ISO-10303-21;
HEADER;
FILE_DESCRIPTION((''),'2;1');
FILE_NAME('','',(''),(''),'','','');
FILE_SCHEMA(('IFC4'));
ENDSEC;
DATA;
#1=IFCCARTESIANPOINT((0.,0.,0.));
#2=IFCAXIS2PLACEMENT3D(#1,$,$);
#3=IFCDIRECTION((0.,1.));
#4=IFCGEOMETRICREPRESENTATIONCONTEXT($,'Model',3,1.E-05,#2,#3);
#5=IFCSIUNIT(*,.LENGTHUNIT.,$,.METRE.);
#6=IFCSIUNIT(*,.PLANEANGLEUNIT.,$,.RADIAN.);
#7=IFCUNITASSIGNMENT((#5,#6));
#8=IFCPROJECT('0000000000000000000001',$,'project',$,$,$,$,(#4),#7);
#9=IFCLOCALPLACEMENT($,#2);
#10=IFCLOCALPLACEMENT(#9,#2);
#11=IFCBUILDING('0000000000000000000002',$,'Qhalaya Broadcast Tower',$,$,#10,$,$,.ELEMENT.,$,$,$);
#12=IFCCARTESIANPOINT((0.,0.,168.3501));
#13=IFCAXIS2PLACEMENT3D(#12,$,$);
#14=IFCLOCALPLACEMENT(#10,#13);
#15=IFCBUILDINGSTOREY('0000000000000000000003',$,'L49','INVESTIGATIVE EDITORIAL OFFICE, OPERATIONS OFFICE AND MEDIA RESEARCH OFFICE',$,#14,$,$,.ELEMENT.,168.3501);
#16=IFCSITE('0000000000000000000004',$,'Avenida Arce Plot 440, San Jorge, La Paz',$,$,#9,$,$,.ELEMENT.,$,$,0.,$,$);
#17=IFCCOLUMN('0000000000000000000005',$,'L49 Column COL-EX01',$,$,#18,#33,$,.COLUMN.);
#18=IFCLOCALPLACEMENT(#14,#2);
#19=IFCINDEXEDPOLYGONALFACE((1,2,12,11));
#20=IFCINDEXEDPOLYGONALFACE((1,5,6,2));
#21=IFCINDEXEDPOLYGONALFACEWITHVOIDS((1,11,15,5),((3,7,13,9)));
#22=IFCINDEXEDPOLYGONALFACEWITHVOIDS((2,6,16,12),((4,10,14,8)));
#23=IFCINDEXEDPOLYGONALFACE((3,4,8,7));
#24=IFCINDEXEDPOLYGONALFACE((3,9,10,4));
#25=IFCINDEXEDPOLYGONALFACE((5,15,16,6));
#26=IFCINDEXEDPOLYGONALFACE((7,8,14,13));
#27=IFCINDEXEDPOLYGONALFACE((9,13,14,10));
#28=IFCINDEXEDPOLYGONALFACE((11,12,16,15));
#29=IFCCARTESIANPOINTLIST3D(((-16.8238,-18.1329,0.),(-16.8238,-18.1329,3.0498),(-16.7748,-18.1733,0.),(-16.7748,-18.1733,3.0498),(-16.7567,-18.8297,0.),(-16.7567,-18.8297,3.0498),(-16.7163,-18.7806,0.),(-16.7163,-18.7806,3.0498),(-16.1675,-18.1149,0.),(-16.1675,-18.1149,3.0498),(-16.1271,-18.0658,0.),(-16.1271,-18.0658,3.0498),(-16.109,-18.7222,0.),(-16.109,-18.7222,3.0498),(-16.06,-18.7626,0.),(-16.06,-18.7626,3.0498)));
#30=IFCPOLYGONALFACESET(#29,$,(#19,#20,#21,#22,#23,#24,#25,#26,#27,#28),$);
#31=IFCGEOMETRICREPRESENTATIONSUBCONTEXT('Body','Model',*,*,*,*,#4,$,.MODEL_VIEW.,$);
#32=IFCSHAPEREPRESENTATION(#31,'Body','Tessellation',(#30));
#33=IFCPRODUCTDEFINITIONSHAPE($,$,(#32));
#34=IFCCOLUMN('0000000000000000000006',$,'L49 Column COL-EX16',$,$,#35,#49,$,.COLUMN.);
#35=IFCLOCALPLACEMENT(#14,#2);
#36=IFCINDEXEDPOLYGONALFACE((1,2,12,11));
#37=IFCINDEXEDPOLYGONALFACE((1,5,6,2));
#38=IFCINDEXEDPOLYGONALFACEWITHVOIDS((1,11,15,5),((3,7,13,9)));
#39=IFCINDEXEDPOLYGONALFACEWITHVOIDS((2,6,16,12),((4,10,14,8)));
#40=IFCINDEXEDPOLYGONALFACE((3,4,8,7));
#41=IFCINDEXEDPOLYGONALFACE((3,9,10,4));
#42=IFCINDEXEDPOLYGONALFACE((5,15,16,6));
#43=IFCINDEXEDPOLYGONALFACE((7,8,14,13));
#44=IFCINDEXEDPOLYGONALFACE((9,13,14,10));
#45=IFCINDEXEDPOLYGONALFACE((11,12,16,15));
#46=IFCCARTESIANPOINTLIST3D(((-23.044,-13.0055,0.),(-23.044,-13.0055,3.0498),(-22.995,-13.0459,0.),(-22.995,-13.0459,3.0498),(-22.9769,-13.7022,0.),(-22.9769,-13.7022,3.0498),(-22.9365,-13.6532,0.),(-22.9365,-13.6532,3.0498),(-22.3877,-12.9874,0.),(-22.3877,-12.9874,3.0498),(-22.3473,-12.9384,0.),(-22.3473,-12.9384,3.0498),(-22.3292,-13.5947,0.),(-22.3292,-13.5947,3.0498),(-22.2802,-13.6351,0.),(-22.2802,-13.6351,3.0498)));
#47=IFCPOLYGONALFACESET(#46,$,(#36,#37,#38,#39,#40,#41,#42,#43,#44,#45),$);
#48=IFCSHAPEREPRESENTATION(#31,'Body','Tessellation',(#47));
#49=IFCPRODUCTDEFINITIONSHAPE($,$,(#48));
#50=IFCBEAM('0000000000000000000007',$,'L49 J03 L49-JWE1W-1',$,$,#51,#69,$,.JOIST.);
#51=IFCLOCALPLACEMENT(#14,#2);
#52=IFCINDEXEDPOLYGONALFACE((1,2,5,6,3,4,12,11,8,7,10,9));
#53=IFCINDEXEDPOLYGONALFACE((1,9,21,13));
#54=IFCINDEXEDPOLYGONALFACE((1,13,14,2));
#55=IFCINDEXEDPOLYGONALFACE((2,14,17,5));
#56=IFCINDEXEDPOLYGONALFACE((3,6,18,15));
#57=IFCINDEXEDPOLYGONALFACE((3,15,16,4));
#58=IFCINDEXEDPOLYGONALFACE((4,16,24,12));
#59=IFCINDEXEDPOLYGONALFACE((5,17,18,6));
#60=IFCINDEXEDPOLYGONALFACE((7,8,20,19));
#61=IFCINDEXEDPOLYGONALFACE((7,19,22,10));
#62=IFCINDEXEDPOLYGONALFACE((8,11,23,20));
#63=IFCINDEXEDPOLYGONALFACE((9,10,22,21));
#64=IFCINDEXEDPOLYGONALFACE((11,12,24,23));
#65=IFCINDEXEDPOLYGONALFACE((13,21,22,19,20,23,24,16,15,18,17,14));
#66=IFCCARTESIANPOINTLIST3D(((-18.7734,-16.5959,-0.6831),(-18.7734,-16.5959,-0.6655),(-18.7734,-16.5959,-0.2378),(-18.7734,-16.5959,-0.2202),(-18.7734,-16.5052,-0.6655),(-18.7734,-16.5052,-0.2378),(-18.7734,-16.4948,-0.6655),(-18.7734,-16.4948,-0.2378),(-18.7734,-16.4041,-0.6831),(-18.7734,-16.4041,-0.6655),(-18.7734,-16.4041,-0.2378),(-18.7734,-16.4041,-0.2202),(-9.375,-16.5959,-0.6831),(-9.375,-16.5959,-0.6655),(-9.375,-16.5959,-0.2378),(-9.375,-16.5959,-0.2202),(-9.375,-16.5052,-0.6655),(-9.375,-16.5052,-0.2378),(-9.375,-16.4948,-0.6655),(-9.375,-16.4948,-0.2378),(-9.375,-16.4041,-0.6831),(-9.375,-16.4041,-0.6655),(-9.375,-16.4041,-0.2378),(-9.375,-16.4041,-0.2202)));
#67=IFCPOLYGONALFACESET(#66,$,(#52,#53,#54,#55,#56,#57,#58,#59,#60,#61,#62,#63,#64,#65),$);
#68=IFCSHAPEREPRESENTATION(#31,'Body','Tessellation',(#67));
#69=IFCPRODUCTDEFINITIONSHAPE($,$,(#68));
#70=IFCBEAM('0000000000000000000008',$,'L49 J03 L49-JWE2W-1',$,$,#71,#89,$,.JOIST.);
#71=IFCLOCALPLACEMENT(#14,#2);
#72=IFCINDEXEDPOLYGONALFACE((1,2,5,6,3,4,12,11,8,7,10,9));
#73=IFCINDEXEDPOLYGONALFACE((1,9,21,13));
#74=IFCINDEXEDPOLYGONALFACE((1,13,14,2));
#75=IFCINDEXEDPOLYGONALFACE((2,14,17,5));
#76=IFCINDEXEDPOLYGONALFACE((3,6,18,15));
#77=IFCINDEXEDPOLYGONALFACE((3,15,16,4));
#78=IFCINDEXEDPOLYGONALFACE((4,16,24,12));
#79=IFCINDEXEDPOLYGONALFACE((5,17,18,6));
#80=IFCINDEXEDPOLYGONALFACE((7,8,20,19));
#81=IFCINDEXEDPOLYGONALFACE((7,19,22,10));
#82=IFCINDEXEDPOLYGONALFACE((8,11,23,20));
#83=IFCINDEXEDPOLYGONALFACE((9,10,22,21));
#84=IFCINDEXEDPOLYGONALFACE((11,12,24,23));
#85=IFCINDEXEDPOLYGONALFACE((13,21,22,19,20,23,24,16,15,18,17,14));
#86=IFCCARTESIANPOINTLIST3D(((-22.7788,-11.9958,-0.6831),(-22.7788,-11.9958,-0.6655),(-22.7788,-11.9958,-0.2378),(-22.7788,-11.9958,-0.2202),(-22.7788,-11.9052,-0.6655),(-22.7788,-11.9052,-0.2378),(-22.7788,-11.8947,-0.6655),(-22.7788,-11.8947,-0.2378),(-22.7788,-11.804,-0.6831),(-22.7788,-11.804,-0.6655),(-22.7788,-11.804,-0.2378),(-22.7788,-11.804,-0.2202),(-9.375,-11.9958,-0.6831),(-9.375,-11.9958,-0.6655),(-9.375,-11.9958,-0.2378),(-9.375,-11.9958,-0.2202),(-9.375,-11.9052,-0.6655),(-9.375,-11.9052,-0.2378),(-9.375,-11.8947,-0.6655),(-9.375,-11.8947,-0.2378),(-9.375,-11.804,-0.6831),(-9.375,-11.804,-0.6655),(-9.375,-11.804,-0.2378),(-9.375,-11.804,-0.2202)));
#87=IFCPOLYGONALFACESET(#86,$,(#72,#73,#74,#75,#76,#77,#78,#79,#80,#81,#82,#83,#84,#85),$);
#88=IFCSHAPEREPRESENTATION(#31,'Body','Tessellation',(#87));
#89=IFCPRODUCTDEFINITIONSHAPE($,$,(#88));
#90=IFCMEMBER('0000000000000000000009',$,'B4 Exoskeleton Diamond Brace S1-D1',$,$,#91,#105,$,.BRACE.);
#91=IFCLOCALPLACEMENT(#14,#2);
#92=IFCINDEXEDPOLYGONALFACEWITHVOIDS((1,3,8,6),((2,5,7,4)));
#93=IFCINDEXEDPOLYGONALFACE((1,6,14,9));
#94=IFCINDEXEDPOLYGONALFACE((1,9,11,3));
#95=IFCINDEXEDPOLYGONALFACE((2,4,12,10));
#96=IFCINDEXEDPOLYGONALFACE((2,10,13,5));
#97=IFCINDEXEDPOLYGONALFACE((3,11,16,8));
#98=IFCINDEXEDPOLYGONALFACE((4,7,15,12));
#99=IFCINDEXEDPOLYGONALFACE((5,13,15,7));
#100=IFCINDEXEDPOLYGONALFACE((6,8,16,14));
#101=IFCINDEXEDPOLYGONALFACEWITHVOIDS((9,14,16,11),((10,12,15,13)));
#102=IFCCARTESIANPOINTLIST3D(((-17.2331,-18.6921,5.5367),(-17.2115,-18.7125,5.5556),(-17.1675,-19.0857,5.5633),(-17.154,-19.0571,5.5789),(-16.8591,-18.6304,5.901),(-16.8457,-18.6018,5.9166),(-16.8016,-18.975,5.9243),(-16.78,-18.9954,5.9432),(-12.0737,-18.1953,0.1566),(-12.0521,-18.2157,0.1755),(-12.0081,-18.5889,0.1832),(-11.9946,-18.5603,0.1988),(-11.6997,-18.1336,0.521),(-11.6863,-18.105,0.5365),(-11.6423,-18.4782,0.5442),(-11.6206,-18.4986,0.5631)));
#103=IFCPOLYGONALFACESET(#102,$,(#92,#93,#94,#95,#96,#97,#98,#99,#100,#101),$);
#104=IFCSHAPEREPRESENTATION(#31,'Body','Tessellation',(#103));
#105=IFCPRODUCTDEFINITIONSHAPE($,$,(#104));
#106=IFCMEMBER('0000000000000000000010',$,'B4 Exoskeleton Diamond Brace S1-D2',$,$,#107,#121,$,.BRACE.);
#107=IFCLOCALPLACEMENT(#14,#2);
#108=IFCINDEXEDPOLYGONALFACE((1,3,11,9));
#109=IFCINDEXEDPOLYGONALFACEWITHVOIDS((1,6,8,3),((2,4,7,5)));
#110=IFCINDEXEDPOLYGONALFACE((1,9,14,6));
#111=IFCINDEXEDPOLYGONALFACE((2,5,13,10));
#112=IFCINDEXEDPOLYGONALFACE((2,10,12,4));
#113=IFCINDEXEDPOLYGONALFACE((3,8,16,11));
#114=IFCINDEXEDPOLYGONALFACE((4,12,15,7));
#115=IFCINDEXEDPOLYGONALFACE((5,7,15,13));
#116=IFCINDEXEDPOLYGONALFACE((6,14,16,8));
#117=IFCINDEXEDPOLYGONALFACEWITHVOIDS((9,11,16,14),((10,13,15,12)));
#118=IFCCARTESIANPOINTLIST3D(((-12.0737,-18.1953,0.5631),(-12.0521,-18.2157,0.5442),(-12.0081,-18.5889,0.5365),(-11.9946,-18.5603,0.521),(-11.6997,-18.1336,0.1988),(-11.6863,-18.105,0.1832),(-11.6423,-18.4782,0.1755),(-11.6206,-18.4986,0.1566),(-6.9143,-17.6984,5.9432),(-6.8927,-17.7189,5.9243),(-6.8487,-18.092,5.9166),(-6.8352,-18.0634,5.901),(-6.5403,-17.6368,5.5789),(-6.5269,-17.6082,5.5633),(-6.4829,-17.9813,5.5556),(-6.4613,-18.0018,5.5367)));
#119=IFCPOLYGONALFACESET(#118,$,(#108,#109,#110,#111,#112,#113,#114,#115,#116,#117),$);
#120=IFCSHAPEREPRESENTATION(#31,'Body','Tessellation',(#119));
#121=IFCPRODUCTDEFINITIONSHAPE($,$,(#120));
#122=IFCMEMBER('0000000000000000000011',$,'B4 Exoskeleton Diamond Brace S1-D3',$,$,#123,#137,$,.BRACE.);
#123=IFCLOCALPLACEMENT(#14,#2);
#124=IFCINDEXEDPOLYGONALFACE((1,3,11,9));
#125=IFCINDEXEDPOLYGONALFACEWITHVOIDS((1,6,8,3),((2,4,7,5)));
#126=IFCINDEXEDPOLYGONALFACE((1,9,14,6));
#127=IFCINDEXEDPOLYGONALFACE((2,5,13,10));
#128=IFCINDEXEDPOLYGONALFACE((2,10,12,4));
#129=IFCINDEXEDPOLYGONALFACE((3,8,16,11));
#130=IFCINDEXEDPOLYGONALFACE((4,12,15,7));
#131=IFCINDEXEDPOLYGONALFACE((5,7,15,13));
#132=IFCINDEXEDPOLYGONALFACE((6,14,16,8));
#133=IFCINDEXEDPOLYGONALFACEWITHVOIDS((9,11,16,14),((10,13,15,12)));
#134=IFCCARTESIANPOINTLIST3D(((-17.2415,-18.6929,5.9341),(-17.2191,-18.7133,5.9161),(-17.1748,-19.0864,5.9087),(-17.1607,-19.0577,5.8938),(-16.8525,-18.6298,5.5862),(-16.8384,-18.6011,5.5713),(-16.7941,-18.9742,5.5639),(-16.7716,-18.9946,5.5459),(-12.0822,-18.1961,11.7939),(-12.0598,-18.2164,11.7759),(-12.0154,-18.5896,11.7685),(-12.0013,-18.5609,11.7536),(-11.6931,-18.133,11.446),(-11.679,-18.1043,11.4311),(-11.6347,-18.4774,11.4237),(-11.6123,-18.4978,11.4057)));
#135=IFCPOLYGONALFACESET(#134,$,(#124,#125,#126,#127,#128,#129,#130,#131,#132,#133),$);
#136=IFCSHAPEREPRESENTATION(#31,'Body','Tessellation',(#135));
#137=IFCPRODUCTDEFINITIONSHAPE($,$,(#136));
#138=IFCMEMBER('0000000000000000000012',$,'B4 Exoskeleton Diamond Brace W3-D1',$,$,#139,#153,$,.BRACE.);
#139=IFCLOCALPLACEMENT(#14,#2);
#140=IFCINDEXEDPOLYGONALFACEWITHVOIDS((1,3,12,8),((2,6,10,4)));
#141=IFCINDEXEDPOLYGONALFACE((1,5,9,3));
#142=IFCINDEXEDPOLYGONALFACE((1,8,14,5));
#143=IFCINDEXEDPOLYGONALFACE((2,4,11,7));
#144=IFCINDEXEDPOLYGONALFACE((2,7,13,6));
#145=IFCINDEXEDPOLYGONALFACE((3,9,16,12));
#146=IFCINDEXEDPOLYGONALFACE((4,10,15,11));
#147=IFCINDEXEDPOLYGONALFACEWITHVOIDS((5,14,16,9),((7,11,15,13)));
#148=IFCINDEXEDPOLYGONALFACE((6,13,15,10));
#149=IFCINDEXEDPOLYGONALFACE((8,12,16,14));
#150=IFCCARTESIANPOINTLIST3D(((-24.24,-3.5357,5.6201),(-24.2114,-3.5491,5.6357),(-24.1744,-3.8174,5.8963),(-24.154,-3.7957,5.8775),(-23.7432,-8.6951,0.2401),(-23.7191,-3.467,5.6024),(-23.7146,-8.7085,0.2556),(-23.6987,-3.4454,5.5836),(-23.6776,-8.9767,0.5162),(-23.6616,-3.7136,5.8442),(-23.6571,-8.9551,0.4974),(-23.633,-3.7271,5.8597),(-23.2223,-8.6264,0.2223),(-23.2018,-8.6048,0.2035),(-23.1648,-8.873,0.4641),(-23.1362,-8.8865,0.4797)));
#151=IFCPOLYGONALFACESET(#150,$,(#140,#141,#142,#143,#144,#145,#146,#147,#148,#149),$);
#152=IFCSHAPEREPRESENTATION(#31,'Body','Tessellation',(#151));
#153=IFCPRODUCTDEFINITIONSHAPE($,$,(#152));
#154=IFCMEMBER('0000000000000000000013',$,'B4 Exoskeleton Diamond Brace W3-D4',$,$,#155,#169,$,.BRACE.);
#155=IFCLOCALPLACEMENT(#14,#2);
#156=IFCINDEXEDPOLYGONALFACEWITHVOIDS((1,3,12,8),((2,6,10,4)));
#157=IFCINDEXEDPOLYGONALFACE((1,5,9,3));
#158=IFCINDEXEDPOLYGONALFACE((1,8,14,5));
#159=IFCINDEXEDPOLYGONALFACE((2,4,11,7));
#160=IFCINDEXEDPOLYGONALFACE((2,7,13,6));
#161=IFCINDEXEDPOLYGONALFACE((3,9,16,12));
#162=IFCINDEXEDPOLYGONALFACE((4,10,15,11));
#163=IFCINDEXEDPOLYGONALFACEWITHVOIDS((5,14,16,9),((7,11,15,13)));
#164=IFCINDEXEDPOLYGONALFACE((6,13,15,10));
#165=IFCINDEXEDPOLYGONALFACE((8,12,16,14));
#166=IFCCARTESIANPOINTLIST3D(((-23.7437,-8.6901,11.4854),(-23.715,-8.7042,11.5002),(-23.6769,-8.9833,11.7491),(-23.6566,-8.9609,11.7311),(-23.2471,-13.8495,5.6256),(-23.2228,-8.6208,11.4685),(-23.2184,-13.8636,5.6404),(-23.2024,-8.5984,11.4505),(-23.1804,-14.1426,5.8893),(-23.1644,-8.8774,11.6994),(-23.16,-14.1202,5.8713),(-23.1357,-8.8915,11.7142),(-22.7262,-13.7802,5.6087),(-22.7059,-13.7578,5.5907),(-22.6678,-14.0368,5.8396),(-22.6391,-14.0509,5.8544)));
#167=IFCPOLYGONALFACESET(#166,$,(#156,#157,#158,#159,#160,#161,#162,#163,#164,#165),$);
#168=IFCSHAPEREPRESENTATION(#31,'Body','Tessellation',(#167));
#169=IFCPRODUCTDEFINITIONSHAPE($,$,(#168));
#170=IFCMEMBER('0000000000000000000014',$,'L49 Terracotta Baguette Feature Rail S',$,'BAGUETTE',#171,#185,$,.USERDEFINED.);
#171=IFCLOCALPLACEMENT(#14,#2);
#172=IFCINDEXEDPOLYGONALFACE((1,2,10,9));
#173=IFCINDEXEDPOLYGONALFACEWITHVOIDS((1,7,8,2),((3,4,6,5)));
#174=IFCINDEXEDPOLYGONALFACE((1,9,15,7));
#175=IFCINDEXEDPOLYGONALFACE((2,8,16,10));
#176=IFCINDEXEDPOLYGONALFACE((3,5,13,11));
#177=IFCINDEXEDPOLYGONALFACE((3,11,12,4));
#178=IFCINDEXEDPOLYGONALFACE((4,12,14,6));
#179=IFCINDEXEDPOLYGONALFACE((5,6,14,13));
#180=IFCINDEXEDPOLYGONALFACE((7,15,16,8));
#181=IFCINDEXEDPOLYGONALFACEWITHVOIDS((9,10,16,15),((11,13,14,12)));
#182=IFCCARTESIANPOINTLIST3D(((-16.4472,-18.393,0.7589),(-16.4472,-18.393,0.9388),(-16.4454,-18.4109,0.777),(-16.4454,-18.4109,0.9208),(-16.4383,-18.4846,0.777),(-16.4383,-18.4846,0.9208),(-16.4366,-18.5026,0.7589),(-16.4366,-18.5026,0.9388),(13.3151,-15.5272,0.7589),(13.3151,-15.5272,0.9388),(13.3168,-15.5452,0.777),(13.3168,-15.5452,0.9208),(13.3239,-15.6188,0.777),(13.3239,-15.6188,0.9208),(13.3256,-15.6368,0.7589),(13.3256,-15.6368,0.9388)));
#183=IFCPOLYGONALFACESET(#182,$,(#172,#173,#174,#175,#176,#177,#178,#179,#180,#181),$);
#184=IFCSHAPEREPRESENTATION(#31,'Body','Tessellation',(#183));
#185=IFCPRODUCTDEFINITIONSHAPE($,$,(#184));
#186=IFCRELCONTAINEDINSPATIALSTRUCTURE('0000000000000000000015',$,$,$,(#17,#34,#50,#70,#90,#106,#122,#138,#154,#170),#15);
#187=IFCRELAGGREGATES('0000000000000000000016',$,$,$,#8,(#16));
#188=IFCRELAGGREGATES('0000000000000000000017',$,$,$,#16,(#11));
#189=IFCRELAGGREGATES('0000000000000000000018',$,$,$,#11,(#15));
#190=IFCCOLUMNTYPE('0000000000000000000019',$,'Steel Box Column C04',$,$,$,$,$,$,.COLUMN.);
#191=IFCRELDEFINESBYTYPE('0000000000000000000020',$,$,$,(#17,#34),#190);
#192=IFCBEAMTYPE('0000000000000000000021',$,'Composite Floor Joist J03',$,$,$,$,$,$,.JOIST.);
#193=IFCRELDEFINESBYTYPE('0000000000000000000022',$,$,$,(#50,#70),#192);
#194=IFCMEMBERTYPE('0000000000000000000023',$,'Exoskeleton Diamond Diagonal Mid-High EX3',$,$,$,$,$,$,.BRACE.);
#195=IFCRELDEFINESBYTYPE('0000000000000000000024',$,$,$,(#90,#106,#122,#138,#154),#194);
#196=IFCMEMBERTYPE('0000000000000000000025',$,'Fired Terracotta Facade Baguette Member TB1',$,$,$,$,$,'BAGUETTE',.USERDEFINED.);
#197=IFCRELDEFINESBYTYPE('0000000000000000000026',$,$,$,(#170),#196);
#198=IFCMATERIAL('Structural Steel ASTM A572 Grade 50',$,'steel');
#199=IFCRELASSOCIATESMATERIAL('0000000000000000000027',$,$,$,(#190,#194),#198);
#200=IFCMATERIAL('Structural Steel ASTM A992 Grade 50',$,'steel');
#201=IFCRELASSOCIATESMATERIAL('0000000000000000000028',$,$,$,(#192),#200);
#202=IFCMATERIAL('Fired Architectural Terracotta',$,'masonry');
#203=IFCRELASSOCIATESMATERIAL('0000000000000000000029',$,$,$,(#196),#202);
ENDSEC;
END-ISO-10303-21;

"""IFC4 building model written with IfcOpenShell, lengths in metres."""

from ifc_helpers import new_model, si_unit, direction, frame, origin, origin_2d, place, context, subcontext, project, spatial, hollow_rectangle, i_section, extrude, material, material_profile, profile_set, type_object, element, save


model = new_model("IFC4")

# Units and contexts
model_context = context("Model", 3, precision=1e-05, world=origin(), true_north=direction((0.0, 1.0)))
body_context = subcontext(model_context, "Body", "Model", "MODEL_VIEW")
ifc_project = project(units=[si_unit("LENGTHUNIT", "METRE"), si_unit("PLANEANGLEUNIT", "RADIAN")], contexts=[model_context])

# Site, building, storey
site_placement = place(None, origin())
site = spatial("IfcSite", under=ifc_project, at=site_placement, Name="Avenida Arce Plot 440, San Jorge, La Paz", CompositionType="ELEMENT", RefElevation=0.0)
building_placement = place(site_placement, origin())
building = spatial("IfcBuilding", under=site, at=building_placement, Name="Qhalaya Broadcast Tower", CompositionType="ELEMENT")
storey_placement = place(building_placement, frame((0.0, 0.0, 168.3501)))
storey = spatial("IfcBuildingStorey", under=building, at=storey_placement, Name="L49", Description="INVESTIGATIVE EDITORIAL OFFICE, OPERATIONS OFFICE AND MEDIA RESEARCH OFFICE", CompositionType="ELEMENT", Elevation=168.3501)

# Columns
ifc_material_1 = material(Name="Structural Steel ASTM A572 Grade 50", Category="steel")
ifc_material_profile_1 = material_profile(ifc_material_1, hollow_rectangle(XDim=0.7, YDim=0.7, WallThickness=0.0449, at=origin_2d()), Name="BOX 700x700x45")
ifc_profile_set_1 = profile_set([ifc_material_profile_1], Name="Structural Steel ASTM A572 Grade 50")
column_type = type_object("IfcColumnType", Name="Steel Box Column C04", PredefinedType="COLUMN", material=ifc_profile_set_1)
for number, where, z_axis, x_axis, name in (
    (1, (-16.4419, -18.4478, 0.0), (0.0, 0.0, 1.0), (0.995396, 0.095846, 0.0), "L49 Column COL-EX01"),
    (2, (-22.6621, -13.3203, 0.0), (0.0, 0.0, 1.0), (-0.095846, 0.995396, 0.0), "L49 Column COL-EX16"),
):
    element("IfcColumn", number, at=place(storey_placement, frame(where, z_axis=z_axis, x_axis=x_axis)), inside=storey, type_object=column_type, Name=name, PredefinedType="COLUMN", context=body_context, shape_type="SweptSolid", body=[
        extrude(hollow_rectangle(XDim=0.7, YDim=0.7, WallThickness=0.0449, at=origin_2d()), origin(), (0.0, 0.0, 1.0), 3.0498),
    ])

# Beams
ifc_material_2 = material(Name="Structural Steel ASTM A992 Grade 50", Category="steel")
ifc_material_profile_2 = material_profile(ifc_material_2, i_section(OverallWidth=0.1919, OverallDepth=0.4629, WebThickness=0.0105, FlangeThickness=0.0176, at=origin_2d()), Name="W18X60")
ifc_profile_set_2 = profile_set([ifc_material_profile_2], Name="Structural Steel ASTM A992 Grade 50")
beam_type_1 = type_object("IfcBeamType", Name="Composite Floor Joist J03", PredefinedType="JOIST", material=ifc_profile_set_2)
beam_1_placement = place(storey_placement, frame((-18.7734, -16.5, -0.4517), z_axis=(1.0, 0.0, 0.0), x_axis=(0.0, 1.0, 0.0)))
element("IfcBeam", 3, at=beam_1_placement, inside=storey, type_object=beam_type_1, Name="L49 J03 L49-JWE1W-1", PredefinedType="JOIST", context=body_context, shape_type="SweptSolid", body=[
    extrude(i_section(OverallWidth=0.1919, OverallDepth=0.4629, WebThickness=0.0105, FlangeThickness=0.0176, at=origin_2d()), origin(), (0.0, 0.0, 1.0), 9.3984),
])
beam_2_placement = place(storey_placement, frame((-22.7788, -11.8999, -0.4517), z_axis=(1.0, 0.0, 0.0), x_axis=(0.0, 1.0, 0.0)))
element("IfcBeam", 4, at=beam_2_placement, inside=storey, type_object=beam_type_1, Name="L49 J03 L49-JWE2W-1", PredefinedType="JOIST", context=body_context, shape_type="SweptSolid", body=[
    extrude(i_section(OverallWidth=0.1919, OverallDepth=0.4629, WebThickness=0.0105, FlangeThickness=0.0176, at=origin_2d()), origin(), (0.0, 0.0, 1.0), 13.4038),
])

# Members
ifc_material_profile_3 = material_profile(ifc_material_1, hollow_rectangle(XDim=0.3999, YDim=0.55, WallThickness=0.0249, at=origin_2d()), Name="BOX 400x550x25")
ifc_profile_set_3 = profile_set([ifc_material_profile_3], Name="Structural Steel ASTM A572 Grade 50")
member_type_1 = type_object("IfcMemberType", Name="Exoskeleton Diamond Diagonal Mid-High EX3", PredefinedType="BRACE", material=ifc_profile_set_3)
for number, where, z_axis, x_axis, name in (
    (5, (-11.8472, -18.3469, 0.3599), (-0.690616, -0.066503, 0.720158), (0.164117, -0.984197, 0.066499), "B4 Exoskeleton Diamond Brace S1-D1"),
    (6, (-11.8472, -18.3469, 0.3599), (0.690616, 0.066503, 0.720158), (-0.164117, 0.984197, 0.066499), "B4 Exoskeleton Diamond Brace S1-D2"),
):
    element("IfcMember", number, at=place(storey_placement, frame(where, z_axis=z_axis, x_axis=x_axis)), inside=storey, type_object=member_type_1, Name=name, PredefinedType="BRACE", context=body_context, shape_type="SweptSolid", body=[
        extrude(hollow_rectangle(XDim=0.3999, YDim=0.55, WallThickness=0.0249, at=origin_2d()), origin(), (0.0, 0.0, 1.0), 7.4707),
    ])
member_1_placement = place(storey_placement, frame((-17.0066, -18.8438, 5.74), z_axis=(0.659492, 0.063506, 0.749024), x_axis=(-0.16687, 0.983932, 0.063502)))
element("IfcMember", 7, at=member_1_placement, inside=storey, type_object=member_type_1, Name="B4 Exoskeleton Diamond Brace S1-D3", PredefinedType="BRACE", context=body_context, shape_type="SweptSolid", body=[
    extrude(hollow_rectangle(XDim=0.3999, YDim=0.55, WallThickness=0.0249, at=origin_2d()), origin(), (0.0, 0.0, 1.0), 7.8232),
])
member_2_placement = place(storey_placement, frame((-23.4397, -8.7908, 0.3599), z_axis=(-0.066503, 0.690616, 0.720158), x_axis=(0.164115, -0.704355, 0.690616)))
element("IfcMember", 8, at=member_2_placement, inside=storey, type_object=member_type_1, Name="B4 Exoskeleton Diamond Brace W3-D1", PredefinedType="BRACE", context=body_context, shape_type="SweptSolid", body=[
    extrude(hollow_rectangle(XDim=0.3999, YDim=0.55, WallThickness=0.0249, at=origin_2d()), origin(), (0.0, 0.0, 1.0), 7.4707),
])
member_3_placement = place(storey_placement, frame((-22.9431, -13.9502, 5.74), z_axis=(-0.063475, 0.659493, 0.749026), x_axis=(0.166835, -0.732965, 0.659491)))
element("IfcMember", 9, at=member_3_placement, inside=storey, type_object=member_type_1, Name="B4 Exoskeleton Diamond Brace W3-D4", PredefinedType="BRACE", context=body_context, shape_type="SweptSolid", body=[
    extrude(hollow_rectangle(XDim=0.3999, YDim=0.55, WallThickness=0.0249, at=origin_2d()), origin(), (0.0, 0.0, 1.0), 7.8232),
])
ifc_material_3 = material(Name="Fired Architectural Terracotta", Category="masonry")
ifc_material_profile_4 = material_profile(ifc_material_3, hollow_rectangle(XDim=0.1101, YDim=0.1799, WallThickness=0.0181, at=origin_2d()), Name="TB-BAG 110x180x18")
ifc_profile_set_4 = profile_set([ifc_material_profile_4], Name="Fired Architectural Terracotta")
member_type_2 = type_object("IfcMemberType", Name="Fired Terracotta Facade Baguette Member TB1", ElementType="BAGUETTE", PredefinedType="USERDEFINED", material=ifc_profile_set_4)
member_4_placement = place(storey_placement, frame((-16.4419, -18.4478, 0.8489), z_axis=(0.995396, 0.095844, 0.0), x_axis=(-0.095844, 0.995396, 0.0)))
element("IfcMember", 10, at=member_4_placement, inside=storey, type_object=member_type_2, Name="L49 Terracotta Baguette Feature Rail S", ObjectType="BAGUETTE", PredefinedType="USERDEFINED", context=body_context, shape_type="SweptSolid", body=[
    extrude(hollow_rectangle(XDim=0.1101, YDim=0.1799, WallThickness=0.0181, at=origin_2d()), origin(), (0.0, 0.0, 1.0), 29.8999),
])

save(model, "model.ifc")
